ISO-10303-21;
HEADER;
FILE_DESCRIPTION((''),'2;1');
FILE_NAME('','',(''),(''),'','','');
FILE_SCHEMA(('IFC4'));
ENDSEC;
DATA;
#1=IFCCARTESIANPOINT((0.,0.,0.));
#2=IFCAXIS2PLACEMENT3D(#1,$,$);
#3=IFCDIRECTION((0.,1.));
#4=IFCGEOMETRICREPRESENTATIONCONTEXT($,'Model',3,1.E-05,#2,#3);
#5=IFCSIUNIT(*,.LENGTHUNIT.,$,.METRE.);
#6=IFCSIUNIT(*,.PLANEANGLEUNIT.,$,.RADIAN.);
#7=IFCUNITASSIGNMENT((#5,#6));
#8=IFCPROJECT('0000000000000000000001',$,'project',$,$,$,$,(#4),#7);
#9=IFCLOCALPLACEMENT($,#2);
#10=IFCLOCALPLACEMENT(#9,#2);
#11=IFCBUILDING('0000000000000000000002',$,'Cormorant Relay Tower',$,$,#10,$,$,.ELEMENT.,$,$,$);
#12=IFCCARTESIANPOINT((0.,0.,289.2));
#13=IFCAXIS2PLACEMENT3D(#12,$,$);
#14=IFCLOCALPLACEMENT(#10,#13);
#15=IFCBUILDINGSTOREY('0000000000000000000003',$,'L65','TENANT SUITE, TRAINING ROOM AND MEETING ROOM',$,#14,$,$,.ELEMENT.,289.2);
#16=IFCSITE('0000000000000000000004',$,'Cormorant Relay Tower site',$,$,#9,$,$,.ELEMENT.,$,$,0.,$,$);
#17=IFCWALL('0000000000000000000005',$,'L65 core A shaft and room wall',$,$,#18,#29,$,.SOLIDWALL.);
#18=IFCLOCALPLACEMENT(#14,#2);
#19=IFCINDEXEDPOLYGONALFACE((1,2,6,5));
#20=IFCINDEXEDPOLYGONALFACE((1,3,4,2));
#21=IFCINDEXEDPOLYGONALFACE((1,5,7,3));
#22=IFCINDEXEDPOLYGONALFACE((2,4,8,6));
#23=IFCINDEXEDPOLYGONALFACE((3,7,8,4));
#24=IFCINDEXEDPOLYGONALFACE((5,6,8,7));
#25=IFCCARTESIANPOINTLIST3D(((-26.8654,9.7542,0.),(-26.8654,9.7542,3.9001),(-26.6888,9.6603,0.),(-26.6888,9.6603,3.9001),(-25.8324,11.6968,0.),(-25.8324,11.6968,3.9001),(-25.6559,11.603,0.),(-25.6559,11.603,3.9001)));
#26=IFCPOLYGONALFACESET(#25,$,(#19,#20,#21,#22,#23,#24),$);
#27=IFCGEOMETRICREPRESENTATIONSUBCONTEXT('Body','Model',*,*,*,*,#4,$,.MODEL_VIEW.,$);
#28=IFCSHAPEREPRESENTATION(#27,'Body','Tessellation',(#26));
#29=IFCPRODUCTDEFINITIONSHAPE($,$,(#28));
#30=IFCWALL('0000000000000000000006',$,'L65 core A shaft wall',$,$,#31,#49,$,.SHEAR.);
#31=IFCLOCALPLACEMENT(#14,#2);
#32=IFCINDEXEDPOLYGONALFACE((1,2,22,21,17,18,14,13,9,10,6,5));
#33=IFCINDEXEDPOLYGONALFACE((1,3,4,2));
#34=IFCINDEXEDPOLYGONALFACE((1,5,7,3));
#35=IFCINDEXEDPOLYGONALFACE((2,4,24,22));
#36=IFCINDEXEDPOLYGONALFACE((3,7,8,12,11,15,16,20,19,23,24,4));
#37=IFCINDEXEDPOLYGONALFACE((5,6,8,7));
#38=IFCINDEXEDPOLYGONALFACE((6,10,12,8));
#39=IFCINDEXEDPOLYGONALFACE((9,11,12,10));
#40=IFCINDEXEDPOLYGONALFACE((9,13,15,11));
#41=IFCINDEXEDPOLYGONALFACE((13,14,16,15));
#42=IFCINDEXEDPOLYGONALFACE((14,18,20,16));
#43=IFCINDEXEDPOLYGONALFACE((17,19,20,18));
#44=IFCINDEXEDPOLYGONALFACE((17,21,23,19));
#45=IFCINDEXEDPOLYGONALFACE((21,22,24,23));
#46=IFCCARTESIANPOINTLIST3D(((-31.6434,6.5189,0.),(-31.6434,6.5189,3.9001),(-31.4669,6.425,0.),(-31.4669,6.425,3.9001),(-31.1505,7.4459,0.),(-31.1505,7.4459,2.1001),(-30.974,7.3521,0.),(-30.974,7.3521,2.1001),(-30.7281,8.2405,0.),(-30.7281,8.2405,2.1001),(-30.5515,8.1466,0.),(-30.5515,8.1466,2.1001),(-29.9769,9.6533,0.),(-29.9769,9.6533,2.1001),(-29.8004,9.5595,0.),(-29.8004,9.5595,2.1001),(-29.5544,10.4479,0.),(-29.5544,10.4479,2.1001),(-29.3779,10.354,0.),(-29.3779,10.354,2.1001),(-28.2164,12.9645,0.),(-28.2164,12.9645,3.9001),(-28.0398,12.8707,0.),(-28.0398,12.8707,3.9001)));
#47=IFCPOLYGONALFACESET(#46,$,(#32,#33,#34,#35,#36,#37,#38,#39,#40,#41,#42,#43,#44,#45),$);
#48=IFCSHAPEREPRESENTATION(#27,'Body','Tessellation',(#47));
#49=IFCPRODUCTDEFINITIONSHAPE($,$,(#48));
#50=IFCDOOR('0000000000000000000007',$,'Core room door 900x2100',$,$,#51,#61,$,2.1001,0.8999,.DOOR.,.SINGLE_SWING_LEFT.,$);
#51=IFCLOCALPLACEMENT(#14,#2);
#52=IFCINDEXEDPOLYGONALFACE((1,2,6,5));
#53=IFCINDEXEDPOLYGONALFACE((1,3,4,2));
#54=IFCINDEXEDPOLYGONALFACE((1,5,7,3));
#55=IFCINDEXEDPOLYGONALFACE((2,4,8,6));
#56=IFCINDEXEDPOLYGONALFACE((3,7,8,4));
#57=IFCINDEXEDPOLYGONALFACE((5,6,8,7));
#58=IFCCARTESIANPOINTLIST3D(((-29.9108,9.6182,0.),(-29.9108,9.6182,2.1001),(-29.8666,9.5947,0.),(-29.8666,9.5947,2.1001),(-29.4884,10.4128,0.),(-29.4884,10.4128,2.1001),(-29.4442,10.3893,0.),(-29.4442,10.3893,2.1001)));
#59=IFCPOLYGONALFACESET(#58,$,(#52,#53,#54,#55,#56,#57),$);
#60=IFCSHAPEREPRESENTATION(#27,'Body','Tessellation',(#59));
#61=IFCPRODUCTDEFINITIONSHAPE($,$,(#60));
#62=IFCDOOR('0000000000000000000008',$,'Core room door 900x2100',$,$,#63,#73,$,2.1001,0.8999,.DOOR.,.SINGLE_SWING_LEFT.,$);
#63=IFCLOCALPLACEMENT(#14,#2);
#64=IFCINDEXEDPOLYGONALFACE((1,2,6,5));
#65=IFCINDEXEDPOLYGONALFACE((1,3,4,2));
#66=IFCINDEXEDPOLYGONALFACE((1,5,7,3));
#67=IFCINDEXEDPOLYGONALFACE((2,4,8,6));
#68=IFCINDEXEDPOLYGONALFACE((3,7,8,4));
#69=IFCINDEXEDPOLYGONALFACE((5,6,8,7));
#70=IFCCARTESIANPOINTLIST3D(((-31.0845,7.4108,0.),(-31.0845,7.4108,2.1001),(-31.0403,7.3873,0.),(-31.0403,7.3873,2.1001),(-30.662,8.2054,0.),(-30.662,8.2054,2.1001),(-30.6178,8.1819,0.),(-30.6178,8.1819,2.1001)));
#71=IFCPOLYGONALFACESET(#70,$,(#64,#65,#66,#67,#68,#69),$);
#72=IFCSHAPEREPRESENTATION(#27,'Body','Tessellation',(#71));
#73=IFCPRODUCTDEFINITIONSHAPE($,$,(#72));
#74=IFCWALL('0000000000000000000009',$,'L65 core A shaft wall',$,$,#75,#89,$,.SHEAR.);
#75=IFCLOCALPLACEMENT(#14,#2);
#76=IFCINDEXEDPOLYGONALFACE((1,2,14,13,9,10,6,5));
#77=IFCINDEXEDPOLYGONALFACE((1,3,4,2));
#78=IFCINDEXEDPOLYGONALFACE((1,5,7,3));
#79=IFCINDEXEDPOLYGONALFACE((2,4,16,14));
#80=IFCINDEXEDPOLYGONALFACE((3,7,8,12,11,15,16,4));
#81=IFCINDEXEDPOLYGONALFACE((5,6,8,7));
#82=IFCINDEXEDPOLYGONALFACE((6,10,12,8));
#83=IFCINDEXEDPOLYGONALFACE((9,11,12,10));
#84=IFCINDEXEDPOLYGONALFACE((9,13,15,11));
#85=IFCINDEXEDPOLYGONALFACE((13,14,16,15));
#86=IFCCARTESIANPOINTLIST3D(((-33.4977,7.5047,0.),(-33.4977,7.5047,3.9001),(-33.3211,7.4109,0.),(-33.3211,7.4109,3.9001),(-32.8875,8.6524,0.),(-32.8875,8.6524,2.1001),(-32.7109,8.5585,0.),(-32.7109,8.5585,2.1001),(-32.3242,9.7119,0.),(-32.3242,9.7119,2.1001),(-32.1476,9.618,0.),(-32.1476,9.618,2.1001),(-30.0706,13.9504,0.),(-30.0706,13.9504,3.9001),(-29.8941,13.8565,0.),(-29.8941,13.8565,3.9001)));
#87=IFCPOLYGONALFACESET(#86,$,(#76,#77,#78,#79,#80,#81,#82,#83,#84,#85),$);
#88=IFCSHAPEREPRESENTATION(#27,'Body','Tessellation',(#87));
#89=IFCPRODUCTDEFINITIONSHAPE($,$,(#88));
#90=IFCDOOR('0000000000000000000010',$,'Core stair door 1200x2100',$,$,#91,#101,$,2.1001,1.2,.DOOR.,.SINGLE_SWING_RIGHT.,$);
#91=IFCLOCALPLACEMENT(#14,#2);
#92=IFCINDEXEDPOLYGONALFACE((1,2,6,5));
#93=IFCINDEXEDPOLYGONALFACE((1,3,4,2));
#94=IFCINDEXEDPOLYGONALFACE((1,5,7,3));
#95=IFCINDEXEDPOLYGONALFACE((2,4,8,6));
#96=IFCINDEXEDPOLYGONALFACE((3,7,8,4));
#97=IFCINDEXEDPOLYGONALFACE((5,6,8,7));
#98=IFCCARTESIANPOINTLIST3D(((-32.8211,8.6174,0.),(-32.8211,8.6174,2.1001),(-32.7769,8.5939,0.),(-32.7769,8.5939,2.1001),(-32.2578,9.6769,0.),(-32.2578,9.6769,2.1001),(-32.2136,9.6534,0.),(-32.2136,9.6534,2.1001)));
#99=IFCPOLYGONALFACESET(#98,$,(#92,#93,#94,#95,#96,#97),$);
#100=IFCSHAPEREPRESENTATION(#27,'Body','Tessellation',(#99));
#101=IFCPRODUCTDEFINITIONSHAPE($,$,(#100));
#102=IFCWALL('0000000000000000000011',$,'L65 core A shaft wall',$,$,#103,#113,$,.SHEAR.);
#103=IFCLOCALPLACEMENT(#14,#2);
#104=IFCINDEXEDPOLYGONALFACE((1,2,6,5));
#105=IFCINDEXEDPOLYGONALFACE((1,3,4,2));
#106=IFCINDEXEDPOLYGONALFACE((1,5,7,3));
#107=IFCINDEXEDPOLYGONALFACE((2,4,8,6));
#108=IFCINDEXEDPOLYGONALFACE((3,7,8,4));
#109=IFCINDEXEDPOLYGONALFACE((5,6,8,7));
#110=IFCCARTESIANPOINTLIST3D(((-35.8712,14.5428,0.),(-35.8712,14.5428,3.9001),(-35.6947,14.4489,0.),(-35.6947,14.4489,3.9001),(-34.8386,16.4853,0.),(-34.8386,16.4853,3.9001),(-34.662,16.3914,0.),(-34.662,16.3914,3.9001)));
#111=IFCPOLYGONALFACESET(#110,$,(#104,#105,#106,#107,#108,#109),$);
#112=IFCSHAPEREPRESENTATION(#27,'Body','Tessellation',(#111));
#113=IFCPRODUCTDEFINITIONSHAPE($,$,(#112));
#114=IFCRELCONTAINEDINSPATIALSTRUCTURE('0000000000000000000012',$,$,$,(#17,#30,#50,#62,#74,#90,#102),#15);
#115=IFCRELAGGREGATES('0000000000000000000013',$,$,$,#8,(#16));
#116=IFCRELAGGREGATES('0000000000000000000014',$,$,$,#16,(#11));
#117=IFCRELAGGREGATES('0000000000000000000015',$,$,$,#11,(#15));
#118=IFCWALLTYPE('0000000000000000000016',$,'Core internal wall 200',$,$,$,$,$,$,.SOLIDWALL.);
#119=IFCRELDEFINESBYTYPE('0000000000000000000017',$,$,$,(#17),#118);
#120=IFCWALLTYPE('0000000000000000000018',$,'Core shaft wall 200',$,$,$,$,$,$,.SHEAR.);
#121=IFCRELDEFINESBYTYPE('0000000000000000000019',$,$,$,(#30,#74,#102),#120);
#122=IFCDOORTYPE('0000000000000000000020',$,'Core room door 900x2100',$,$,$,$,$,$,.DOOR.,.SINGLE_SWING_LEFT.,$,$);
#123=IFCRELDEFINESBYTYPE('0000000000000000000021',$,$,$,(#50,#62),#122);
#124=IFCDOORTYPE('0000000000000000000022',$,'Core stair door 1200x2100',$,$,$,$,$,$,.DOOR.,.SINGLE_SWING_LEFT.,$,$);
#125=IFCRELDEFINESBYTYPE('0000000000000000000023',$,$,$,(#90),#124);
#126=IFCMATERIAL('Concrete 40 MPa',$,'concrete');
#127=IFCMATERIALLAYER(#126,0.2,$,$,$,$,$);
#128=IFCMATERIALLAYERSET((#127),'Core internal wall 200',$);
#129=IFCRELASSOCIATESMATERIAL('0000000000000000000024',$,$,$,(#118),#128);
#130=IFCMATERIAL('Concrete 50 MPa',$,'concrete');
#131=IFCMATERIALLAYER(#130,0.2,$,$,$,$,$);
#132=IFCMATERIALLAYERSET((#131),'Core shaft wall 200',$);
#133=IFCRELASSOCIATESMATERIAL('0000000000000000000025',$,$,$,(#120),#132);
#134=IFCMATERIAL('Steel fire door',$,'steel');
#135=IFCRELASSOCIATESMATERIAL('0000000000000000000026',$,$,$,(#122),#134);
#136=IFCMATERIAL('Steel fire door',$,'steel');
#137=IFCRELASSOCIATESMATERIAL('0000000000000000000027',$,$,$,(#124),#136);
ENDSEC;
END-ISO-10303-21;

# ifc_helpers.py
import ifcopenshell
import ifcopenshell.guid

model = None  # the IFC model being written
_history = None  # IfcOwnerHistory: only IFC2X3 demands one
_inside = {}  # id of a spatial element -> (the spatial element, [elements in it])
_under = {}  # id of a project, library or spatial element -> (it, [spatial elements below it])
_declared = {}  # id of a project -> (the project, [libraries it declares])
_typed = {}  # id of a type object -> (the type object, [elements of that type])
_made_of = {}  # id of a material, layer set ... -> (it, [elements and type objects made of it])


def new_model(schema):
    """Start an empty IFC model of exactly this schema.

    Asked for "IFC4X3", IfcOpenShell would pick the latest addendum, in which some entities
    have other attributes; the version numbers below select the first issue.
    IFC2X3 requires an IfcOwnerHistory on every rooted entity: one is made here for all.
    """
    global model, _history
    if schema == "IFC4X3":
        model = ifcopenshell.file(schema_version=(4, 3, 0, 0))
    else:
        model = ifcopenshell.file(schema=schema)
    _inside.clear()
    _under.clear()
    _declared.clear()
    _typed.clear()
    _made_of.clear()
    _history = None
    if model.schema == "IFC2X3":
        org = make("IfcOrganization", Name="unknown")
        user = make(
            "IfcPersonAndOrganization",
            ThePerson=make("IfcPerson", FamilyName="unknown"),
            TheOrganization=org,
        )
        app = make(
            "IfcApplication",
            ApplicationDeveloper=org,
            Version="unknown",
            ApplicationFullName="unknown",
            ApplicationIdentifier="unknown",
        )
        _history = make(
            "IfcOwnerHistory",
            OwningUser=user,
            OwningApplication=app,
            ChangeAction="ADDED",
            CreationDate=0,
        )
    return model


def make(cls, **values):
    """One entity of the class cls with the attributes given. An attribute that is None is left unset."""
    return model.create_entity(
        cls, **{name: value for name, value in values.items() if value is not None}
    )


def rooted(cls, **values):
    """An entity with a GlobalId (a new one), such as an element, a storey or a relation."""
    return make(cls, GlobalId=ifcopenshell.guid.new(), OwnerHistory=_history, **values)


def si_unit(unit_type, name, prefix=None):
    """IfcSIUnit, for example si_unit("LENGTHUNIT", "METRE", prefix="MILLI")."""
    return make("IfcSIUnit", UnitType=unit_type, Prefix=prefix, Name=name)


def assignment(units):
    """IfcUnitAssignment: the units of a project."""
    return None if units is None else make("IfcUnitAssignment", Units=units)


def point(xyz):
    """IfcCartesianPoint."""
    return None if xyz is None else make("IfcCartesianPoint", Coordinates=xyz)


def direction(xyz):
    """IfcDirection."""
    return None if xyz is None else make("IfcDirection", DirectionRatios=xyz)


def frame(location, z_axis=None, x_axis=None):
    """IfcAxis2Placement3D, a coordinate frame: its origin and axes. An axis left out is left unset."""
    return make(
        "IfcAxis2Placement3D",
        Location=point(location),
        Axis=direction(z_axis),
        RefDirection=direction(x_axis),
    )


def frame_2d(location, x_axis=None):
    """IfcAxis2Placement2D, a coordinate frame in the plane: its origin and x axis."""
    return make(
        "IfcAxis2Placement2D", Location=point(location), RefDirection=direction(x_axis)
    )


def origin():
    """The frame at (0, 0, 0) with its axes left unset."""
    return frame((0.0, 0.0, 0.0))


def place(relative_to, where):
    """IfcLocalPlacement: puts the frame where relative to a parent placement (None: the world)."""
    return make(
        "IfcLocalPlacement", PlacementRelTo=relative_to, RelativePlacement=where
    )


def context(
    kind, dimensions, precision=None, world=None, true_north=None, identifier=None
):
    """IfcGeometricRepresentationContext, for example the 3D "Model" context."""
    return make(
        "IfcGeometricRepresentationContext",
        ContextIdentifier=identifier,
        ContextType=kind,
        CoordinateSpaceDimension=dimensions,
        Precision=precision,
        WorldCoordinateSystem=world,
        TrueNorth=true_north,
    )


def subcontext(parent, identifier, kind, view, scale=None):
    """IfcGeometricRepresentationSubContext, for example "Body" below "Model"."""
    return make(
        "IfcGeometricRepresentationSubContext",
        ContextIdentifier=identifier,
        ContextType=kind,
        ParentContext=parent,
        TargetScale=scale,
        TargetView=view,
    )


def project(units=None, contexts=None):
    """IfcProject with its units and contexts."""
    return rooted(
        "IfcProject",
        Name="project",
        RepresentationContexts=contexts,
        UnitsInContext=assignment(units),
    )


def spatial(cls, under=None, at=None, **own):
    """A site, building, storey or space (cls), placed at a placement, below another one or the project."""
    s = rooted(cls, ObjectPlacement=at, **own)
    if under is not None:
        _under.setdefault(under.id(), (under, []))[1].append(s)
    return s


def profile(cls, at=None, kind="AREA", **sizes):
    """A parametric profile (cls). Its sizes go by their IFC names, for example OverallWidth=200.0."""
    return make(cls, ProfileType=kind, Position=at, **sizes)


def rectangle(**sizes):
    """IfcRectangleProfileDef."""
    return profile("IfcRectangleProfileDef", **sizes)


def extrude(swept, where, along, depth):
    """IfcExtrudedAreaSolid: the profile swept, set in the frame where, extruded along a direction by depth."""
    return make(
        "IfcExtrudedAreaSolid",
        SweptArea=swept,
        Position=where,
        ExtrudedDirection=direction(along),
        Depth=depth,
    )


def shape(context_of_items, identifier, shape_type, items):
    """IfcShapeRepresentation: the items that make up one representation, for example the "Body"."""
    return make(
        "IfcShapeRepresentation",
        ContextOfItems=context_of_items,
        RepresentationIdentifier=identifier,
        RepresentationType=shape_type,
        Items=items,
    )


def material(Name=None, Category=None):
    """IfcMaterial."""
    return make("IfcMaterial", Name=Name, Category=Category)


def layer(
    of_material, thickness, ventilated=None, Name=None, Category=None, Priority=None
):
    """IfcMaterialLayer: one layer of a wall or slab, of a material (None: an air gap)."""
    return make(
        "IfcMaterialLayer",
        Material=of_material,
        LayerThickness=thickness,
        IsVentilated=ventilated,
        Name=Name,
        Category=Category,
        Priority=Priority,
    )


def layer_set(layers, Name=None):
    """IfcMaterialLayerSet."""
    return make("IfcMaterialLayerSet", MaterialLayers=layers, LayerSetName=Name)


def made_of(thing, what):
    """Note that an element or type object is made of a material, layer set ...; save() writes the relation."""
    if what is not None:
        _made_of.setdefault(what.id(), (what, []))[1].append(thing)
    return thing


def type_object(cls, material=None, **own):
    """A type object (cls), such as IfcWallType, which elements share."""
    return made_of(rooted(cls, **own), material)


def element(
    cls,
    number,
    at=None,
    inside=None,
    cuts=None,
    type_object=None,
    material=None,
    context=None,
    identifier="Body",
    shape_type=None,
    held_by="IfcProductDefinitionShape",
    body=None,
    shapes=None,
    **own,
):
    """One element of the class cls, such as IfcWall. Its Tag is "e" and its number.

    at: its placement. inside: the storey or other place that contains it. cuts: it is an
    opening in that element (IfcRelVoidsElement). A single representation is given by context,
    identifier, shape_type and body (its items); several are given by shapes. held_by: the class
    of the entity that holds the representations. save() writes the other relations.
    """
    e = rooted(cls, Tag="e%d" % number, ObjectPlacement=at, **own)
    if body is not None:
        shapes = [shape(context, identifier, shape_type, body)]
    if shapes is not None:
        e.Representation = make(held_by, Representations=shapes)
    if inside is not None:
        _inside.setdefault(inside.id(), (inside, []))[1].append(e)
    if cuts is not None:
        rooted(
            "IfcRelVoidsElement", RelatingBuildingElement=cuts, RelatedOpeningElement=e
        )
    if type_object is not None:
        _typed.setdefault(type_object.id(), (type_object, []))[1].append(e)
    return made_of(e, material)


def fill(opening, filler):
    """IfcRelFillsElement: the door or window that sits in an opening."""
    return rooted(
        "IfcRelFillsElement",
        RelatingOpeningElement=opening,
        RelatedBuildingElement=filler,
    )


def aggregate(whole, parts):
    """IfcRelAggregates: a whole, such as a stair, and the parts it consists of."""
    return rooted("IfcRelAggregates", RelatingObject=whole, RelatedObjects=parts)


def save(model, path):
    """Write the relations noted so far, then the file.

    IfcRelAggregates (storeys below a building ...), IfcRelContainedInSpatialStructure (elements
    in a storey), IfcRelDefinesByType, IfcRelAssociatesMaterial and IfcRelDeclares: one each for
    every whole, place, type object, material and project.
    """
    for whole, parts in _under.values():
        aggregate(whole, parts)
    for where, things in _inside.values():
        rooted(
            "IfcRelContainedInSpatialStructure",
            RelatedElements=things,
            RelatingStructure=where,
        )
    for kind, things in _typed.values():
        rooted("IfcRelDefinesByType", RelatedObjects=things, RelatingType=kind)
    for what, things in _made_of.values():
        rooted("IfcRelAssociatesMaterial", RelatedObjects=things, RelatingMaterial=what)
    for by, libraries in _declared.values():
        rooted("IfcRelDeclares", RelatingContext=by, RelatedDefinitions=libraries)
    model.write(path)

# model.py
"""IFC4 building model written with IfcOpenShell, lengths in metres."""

from ifc_helpers import new_model, si_unit, direction, frame, frame_2d, origin, place, context, subcontext, project, spatial, rectangle, extrude, material, layer, layer_set, type_object, element, fill, save


model = new_model("IFC4")

# Units and contexts
model_context = context("Model", 3, precision=1e-05, world=origin(), true_north=direction((0.0, 1.0)))
body_context = subcontext(model_context, "Body", "Model", "MODEL_VIEW")
ifc_project = project(units=[si_unit("LENGTHUNIT", "METRE"), si_unit("PLANEANGLEUNIT", "RADIAN")], contexts=[model_context])

# Site, building, storey
site_placement = place(None, origin())
site = spatial("IfcSite", under=ifc_project, at=site_placement, Name="Cormorant Relay Tower site", CompositionType="ELEMENT", RefElevation=0.0)
building_placement = place(site_placement, origin())
building = spatial("IfcBuilding", under=site, at=building_placement, Name="Cormorant Relay Tower", CompositionType="ELEMENT")
storey_placement = place(building_placement, frame((0.0, 0.0, 289.2)))
storey = spatial("IfcBuildingStorey", under=building, at=storey_placement, Name="L65", Description="TENANT SUITE, TRAINING ROOM AND MEETING ROOM", CompositionType="ELEMENT", Elevation=289.2)

# Wall
ifc_material_1 = material(Name="Concrete 40 MPa", Category="concrete")
ifc_layer_1 = layer(ifc_material_1, 0.2)
ifc_layer_set_1 = layer_set([ifc_layer_1], Name="Core internal wall 200")
wall_type_1 = type_object("IfcWallType", Name="Core internal wall 200", PredefinedType="SOLIDWALL", material=ifc_layer_set_1)
wall_1_placement = place(storey_placement, frame((-25.7441, 11.6499, 0.0), z_axis=(0.0, 0.0, 1.0), x_axis=(-0.469488, -0.882939, 0.0)))
element("IfcWall", 1, at=wall_1_placement, inside=storey, type_object=wall_type_1, Name="L65 core A shaft and room wall", PredefinedType="SOLIDWALL", context=body_context, shape_type="SweptSolid", body=[
    extrude(rectangle(XDim=2.2002, YDim=0.2, at=frame_2d((1.1001, 0.0))), origin(), (0.0, 0.0, 1.0), 3.9001),
])

# Wall, openings, doors
ifc_material_2 = material(Name="Concrete 50 MPa", Category="concrete")
ifc_layer_2 = layer(ifc_material_2, 0.2)
ifc_layer_set_2 = layer_set([ifc_layer_2], Name="Core shaft wall 200")
wall_type_2 = type_object("IfcWallType", Name="Core shaft wall 200", PredefinedType="SHEAR", material=ifc_layer_set_2)
wall_2_placement = place(storey_placement, frame((-28.1282, 12.9175, 0.0), z_axis=(0.0, 0.0, 1.0), x_axis=(-0.469454, -0.882957, 0.0)))
wall_2 = element("IfcWall", 2, at=wall_2_placement, inside=storey, type_object=wall_type_2, Name="L65 core A shaft wall", PredefinedType="SHEAR", context=body_context, shape_type="SweptSolid", body=[
    extrude(rectangle(XDim=7.3, YDim=0.2, at=frame_2d((3.6499, 0.0))), origin(), (0.0, 0.0, 1.0), 3.9001),
])
opening_1_placement = place(wall_2_placement, frame((2.8501, 0.0, 0.0)))
opening_1 = element("IfcOpeningElement", 3, at=opening_1_placement, cuts=wall_2, PredefinedType="OPENING", context=body_context, shape_type="SweptSolid", body=[
    extrude(rectangle(XDim=0.8999, YDim=2.1001, at=frame_2d((0.45, 1.05))), frame((0.0, 0.1099, 0.0), z_axis=(0.0, -1.0, 0.0), x_axis=(1.0, 0.0, 0.0)), (0.0, 0.0, 1.0), 0.22),
])
opening_2_placement = place(wall_2_placement, frame((5.3501, 0.0, 0.0)))
opening_2 = element("IfcOpeningElement", 4, at=opening_2_placement, cuts=wall_2, PredefinedType="OPENING", context=body_context, shape_type="SweptSolid", body=[
    extrude(rectangle(XDim=0.8999, YDim=2.1001, at=frame_2d((0.45, 1.05))), frame((0.0, 0.1099, 0.0), z_axis=(0.0, -1.0, 0.0), x_axis=(1.0, 0.0, 0.0)), (0.0, 0.0, 1.0), 0.22),
])
ifc_material_3 = material(Name="Steel fire door", Category="steel")
door_type_1 = type_object("IfcDoorType", Name="Core room door 900x2100", OperationType="SINGLE_SWING_LEFT", PredefinedType="DOOR", material=ifc_material_3)
door_1_placement = place(opening_1_placement, origin())
door_1 = element("IfcDoor", 5, at=door_1_placement, inside=storey, type_object=door_type_1, Name="Core room door 900x2100", OperationType="SINGLE_SWING_LEFT", OverallHeight=2.1001, OverallWidth=0.8999, PredefinedType="DOOR", context=body_context, shape_type="SweptSolid", body=[
    extrude(rectangle(XDim=0.8999, YDim=2.1001, at=frame_2d((0.45, 1.05))), frame((0.0, 0.0249, 0.0), z_axis=(0.0, -1.0, 0.0), x_axis=(1.0, 0.0, 0.0)), (0.0, 0.0, 1.0), 0.05),
])
fill(opening_1, door_1)
door_2_placement = place(opening_2_placement, origin())
door_2 = element("IfcDoor", 6, at=door_2_placement, inside=storey, type_object=door_type_1, Name="Core room door 900x2100", OperationType="SINGLE_SWING_LEFT", OverallHeight=2.1001, OverallWidth=0.8999, PredefinedType="DOOR", context=body_context, shape_type="SweptSolid", body=[
    extrude(rectangle(XDim=0.8999, YDim=2.1001, at=frame_2d((0.45, 1.05))), frame((0.0, 0.0249, 0.0), z_axis=(0.0, -1.0, 0.0), x_axis=(1.0, 0.0, 0.0)), (0.0, 0.0, 1.0), 0.05),
])
fill(opening_2, door_2)

# Wall, opening, door
wall_3_placement = place(storey_placement, frame((-29.9824, 13.9033, 0.0), z_axis=(0.0, 0.0, 1.0), x_axis=(-0.469454, -0.882957, 0.0)))
wall_3 = element("IfcWall", 7, at=wall_3_placement, inside=storey, type_object=wall_type_2, Name="L65 core A shaft wall", PredefinedType="SHEAR", context=body_context, shape_type="SweptSolid", body=[
    extrude(rectangle(XDim=7.3, YDim=0.2, at=frame_2d((3.6499, 0.0))), origin(), (0.0, 0.0, 1.0), 3.9001),
])
opening_3_placement = place(wall_3_placement, frame((4.8, 0.0, 0.0)))
opening_3 = element("IfcOpeningElement", 8, at=opening_3_placement, cuts=wall_3, PredefinedType="OPENING", context=body_context, shape_type="SweptSolid", body=[
    extrude(rectangle(XDim=1.2, YDim=2.1001, at=frame_2d((0.6001, 1.05))), frame((0.0, 0.1099, 0.0), z_axis=(0.0, -1.0, 0.0), x_axis=(1.0, 0.0, 0.0)), (0.0, 0.0, 1.0), 0.22),
])
ifc_material_4 = material(Name="Steel fire door", Category="steel")
door_type_2 = type_object("IfcDoorType", Name="Core stair door 1200x2100", OperationType="SINGLE_SWING_LEFT", PredefinedType="DOOR", material=ifc_material_4)
door_3_placement = place(opening_3_placement, frame((1.2, 0.0, 0.0), z_axis=(0.0, 0.0, 1.0), x_axis=(-1.0, 0.0, 0.0)))
door_3 = element("IfcDoor", 9, at=door_3_placement, inside=storey, type_object=door_type_2, Name="Core stair door 1200x2100", OperationType="SINGLE_SWING_RIGHT", OverallHeight=2.1001, OverallWidth=1.2, PredefinedType="DOOR", context=body_context, shape_type="SweptSolid", body=[
    extrude(rectangle(XDim=1.2, YDim=2.1001, at=frame_2d((0.6001, 1.05))), frame((0.0, 0.0249, 0.0), z_axis=(0.0, -1.0, 0.0), x_axis=(1.0, 0.0, 0.0)), (0.0, 0.0, 1.0), 0.05),
])
fill(opening_3, door_3)

# Wall
wall_4_placement = place(storey_placement, frame((-34.7502, 16.4385, 0.0), z_axis=(0.0, 0.0, 1.0), x_axis=(-0.469401, -0.882985, 0.0)))
element("IfcWall", 10, at=wall_4_placement, inside=storey, type_object=wall_type_2, Name="L65 core A shaft wall", PredefinedType="SHEAR", context=body_context, shape_type="SweptSolid", body=[
    extrude(rectangle(XDim=2.2, YDim=0.2, at=frame_2d((1.1001, 0.0))), origin(), (0.0, 0.0, 1.0), 3.9001),
])

save(model, "model.ifc")
